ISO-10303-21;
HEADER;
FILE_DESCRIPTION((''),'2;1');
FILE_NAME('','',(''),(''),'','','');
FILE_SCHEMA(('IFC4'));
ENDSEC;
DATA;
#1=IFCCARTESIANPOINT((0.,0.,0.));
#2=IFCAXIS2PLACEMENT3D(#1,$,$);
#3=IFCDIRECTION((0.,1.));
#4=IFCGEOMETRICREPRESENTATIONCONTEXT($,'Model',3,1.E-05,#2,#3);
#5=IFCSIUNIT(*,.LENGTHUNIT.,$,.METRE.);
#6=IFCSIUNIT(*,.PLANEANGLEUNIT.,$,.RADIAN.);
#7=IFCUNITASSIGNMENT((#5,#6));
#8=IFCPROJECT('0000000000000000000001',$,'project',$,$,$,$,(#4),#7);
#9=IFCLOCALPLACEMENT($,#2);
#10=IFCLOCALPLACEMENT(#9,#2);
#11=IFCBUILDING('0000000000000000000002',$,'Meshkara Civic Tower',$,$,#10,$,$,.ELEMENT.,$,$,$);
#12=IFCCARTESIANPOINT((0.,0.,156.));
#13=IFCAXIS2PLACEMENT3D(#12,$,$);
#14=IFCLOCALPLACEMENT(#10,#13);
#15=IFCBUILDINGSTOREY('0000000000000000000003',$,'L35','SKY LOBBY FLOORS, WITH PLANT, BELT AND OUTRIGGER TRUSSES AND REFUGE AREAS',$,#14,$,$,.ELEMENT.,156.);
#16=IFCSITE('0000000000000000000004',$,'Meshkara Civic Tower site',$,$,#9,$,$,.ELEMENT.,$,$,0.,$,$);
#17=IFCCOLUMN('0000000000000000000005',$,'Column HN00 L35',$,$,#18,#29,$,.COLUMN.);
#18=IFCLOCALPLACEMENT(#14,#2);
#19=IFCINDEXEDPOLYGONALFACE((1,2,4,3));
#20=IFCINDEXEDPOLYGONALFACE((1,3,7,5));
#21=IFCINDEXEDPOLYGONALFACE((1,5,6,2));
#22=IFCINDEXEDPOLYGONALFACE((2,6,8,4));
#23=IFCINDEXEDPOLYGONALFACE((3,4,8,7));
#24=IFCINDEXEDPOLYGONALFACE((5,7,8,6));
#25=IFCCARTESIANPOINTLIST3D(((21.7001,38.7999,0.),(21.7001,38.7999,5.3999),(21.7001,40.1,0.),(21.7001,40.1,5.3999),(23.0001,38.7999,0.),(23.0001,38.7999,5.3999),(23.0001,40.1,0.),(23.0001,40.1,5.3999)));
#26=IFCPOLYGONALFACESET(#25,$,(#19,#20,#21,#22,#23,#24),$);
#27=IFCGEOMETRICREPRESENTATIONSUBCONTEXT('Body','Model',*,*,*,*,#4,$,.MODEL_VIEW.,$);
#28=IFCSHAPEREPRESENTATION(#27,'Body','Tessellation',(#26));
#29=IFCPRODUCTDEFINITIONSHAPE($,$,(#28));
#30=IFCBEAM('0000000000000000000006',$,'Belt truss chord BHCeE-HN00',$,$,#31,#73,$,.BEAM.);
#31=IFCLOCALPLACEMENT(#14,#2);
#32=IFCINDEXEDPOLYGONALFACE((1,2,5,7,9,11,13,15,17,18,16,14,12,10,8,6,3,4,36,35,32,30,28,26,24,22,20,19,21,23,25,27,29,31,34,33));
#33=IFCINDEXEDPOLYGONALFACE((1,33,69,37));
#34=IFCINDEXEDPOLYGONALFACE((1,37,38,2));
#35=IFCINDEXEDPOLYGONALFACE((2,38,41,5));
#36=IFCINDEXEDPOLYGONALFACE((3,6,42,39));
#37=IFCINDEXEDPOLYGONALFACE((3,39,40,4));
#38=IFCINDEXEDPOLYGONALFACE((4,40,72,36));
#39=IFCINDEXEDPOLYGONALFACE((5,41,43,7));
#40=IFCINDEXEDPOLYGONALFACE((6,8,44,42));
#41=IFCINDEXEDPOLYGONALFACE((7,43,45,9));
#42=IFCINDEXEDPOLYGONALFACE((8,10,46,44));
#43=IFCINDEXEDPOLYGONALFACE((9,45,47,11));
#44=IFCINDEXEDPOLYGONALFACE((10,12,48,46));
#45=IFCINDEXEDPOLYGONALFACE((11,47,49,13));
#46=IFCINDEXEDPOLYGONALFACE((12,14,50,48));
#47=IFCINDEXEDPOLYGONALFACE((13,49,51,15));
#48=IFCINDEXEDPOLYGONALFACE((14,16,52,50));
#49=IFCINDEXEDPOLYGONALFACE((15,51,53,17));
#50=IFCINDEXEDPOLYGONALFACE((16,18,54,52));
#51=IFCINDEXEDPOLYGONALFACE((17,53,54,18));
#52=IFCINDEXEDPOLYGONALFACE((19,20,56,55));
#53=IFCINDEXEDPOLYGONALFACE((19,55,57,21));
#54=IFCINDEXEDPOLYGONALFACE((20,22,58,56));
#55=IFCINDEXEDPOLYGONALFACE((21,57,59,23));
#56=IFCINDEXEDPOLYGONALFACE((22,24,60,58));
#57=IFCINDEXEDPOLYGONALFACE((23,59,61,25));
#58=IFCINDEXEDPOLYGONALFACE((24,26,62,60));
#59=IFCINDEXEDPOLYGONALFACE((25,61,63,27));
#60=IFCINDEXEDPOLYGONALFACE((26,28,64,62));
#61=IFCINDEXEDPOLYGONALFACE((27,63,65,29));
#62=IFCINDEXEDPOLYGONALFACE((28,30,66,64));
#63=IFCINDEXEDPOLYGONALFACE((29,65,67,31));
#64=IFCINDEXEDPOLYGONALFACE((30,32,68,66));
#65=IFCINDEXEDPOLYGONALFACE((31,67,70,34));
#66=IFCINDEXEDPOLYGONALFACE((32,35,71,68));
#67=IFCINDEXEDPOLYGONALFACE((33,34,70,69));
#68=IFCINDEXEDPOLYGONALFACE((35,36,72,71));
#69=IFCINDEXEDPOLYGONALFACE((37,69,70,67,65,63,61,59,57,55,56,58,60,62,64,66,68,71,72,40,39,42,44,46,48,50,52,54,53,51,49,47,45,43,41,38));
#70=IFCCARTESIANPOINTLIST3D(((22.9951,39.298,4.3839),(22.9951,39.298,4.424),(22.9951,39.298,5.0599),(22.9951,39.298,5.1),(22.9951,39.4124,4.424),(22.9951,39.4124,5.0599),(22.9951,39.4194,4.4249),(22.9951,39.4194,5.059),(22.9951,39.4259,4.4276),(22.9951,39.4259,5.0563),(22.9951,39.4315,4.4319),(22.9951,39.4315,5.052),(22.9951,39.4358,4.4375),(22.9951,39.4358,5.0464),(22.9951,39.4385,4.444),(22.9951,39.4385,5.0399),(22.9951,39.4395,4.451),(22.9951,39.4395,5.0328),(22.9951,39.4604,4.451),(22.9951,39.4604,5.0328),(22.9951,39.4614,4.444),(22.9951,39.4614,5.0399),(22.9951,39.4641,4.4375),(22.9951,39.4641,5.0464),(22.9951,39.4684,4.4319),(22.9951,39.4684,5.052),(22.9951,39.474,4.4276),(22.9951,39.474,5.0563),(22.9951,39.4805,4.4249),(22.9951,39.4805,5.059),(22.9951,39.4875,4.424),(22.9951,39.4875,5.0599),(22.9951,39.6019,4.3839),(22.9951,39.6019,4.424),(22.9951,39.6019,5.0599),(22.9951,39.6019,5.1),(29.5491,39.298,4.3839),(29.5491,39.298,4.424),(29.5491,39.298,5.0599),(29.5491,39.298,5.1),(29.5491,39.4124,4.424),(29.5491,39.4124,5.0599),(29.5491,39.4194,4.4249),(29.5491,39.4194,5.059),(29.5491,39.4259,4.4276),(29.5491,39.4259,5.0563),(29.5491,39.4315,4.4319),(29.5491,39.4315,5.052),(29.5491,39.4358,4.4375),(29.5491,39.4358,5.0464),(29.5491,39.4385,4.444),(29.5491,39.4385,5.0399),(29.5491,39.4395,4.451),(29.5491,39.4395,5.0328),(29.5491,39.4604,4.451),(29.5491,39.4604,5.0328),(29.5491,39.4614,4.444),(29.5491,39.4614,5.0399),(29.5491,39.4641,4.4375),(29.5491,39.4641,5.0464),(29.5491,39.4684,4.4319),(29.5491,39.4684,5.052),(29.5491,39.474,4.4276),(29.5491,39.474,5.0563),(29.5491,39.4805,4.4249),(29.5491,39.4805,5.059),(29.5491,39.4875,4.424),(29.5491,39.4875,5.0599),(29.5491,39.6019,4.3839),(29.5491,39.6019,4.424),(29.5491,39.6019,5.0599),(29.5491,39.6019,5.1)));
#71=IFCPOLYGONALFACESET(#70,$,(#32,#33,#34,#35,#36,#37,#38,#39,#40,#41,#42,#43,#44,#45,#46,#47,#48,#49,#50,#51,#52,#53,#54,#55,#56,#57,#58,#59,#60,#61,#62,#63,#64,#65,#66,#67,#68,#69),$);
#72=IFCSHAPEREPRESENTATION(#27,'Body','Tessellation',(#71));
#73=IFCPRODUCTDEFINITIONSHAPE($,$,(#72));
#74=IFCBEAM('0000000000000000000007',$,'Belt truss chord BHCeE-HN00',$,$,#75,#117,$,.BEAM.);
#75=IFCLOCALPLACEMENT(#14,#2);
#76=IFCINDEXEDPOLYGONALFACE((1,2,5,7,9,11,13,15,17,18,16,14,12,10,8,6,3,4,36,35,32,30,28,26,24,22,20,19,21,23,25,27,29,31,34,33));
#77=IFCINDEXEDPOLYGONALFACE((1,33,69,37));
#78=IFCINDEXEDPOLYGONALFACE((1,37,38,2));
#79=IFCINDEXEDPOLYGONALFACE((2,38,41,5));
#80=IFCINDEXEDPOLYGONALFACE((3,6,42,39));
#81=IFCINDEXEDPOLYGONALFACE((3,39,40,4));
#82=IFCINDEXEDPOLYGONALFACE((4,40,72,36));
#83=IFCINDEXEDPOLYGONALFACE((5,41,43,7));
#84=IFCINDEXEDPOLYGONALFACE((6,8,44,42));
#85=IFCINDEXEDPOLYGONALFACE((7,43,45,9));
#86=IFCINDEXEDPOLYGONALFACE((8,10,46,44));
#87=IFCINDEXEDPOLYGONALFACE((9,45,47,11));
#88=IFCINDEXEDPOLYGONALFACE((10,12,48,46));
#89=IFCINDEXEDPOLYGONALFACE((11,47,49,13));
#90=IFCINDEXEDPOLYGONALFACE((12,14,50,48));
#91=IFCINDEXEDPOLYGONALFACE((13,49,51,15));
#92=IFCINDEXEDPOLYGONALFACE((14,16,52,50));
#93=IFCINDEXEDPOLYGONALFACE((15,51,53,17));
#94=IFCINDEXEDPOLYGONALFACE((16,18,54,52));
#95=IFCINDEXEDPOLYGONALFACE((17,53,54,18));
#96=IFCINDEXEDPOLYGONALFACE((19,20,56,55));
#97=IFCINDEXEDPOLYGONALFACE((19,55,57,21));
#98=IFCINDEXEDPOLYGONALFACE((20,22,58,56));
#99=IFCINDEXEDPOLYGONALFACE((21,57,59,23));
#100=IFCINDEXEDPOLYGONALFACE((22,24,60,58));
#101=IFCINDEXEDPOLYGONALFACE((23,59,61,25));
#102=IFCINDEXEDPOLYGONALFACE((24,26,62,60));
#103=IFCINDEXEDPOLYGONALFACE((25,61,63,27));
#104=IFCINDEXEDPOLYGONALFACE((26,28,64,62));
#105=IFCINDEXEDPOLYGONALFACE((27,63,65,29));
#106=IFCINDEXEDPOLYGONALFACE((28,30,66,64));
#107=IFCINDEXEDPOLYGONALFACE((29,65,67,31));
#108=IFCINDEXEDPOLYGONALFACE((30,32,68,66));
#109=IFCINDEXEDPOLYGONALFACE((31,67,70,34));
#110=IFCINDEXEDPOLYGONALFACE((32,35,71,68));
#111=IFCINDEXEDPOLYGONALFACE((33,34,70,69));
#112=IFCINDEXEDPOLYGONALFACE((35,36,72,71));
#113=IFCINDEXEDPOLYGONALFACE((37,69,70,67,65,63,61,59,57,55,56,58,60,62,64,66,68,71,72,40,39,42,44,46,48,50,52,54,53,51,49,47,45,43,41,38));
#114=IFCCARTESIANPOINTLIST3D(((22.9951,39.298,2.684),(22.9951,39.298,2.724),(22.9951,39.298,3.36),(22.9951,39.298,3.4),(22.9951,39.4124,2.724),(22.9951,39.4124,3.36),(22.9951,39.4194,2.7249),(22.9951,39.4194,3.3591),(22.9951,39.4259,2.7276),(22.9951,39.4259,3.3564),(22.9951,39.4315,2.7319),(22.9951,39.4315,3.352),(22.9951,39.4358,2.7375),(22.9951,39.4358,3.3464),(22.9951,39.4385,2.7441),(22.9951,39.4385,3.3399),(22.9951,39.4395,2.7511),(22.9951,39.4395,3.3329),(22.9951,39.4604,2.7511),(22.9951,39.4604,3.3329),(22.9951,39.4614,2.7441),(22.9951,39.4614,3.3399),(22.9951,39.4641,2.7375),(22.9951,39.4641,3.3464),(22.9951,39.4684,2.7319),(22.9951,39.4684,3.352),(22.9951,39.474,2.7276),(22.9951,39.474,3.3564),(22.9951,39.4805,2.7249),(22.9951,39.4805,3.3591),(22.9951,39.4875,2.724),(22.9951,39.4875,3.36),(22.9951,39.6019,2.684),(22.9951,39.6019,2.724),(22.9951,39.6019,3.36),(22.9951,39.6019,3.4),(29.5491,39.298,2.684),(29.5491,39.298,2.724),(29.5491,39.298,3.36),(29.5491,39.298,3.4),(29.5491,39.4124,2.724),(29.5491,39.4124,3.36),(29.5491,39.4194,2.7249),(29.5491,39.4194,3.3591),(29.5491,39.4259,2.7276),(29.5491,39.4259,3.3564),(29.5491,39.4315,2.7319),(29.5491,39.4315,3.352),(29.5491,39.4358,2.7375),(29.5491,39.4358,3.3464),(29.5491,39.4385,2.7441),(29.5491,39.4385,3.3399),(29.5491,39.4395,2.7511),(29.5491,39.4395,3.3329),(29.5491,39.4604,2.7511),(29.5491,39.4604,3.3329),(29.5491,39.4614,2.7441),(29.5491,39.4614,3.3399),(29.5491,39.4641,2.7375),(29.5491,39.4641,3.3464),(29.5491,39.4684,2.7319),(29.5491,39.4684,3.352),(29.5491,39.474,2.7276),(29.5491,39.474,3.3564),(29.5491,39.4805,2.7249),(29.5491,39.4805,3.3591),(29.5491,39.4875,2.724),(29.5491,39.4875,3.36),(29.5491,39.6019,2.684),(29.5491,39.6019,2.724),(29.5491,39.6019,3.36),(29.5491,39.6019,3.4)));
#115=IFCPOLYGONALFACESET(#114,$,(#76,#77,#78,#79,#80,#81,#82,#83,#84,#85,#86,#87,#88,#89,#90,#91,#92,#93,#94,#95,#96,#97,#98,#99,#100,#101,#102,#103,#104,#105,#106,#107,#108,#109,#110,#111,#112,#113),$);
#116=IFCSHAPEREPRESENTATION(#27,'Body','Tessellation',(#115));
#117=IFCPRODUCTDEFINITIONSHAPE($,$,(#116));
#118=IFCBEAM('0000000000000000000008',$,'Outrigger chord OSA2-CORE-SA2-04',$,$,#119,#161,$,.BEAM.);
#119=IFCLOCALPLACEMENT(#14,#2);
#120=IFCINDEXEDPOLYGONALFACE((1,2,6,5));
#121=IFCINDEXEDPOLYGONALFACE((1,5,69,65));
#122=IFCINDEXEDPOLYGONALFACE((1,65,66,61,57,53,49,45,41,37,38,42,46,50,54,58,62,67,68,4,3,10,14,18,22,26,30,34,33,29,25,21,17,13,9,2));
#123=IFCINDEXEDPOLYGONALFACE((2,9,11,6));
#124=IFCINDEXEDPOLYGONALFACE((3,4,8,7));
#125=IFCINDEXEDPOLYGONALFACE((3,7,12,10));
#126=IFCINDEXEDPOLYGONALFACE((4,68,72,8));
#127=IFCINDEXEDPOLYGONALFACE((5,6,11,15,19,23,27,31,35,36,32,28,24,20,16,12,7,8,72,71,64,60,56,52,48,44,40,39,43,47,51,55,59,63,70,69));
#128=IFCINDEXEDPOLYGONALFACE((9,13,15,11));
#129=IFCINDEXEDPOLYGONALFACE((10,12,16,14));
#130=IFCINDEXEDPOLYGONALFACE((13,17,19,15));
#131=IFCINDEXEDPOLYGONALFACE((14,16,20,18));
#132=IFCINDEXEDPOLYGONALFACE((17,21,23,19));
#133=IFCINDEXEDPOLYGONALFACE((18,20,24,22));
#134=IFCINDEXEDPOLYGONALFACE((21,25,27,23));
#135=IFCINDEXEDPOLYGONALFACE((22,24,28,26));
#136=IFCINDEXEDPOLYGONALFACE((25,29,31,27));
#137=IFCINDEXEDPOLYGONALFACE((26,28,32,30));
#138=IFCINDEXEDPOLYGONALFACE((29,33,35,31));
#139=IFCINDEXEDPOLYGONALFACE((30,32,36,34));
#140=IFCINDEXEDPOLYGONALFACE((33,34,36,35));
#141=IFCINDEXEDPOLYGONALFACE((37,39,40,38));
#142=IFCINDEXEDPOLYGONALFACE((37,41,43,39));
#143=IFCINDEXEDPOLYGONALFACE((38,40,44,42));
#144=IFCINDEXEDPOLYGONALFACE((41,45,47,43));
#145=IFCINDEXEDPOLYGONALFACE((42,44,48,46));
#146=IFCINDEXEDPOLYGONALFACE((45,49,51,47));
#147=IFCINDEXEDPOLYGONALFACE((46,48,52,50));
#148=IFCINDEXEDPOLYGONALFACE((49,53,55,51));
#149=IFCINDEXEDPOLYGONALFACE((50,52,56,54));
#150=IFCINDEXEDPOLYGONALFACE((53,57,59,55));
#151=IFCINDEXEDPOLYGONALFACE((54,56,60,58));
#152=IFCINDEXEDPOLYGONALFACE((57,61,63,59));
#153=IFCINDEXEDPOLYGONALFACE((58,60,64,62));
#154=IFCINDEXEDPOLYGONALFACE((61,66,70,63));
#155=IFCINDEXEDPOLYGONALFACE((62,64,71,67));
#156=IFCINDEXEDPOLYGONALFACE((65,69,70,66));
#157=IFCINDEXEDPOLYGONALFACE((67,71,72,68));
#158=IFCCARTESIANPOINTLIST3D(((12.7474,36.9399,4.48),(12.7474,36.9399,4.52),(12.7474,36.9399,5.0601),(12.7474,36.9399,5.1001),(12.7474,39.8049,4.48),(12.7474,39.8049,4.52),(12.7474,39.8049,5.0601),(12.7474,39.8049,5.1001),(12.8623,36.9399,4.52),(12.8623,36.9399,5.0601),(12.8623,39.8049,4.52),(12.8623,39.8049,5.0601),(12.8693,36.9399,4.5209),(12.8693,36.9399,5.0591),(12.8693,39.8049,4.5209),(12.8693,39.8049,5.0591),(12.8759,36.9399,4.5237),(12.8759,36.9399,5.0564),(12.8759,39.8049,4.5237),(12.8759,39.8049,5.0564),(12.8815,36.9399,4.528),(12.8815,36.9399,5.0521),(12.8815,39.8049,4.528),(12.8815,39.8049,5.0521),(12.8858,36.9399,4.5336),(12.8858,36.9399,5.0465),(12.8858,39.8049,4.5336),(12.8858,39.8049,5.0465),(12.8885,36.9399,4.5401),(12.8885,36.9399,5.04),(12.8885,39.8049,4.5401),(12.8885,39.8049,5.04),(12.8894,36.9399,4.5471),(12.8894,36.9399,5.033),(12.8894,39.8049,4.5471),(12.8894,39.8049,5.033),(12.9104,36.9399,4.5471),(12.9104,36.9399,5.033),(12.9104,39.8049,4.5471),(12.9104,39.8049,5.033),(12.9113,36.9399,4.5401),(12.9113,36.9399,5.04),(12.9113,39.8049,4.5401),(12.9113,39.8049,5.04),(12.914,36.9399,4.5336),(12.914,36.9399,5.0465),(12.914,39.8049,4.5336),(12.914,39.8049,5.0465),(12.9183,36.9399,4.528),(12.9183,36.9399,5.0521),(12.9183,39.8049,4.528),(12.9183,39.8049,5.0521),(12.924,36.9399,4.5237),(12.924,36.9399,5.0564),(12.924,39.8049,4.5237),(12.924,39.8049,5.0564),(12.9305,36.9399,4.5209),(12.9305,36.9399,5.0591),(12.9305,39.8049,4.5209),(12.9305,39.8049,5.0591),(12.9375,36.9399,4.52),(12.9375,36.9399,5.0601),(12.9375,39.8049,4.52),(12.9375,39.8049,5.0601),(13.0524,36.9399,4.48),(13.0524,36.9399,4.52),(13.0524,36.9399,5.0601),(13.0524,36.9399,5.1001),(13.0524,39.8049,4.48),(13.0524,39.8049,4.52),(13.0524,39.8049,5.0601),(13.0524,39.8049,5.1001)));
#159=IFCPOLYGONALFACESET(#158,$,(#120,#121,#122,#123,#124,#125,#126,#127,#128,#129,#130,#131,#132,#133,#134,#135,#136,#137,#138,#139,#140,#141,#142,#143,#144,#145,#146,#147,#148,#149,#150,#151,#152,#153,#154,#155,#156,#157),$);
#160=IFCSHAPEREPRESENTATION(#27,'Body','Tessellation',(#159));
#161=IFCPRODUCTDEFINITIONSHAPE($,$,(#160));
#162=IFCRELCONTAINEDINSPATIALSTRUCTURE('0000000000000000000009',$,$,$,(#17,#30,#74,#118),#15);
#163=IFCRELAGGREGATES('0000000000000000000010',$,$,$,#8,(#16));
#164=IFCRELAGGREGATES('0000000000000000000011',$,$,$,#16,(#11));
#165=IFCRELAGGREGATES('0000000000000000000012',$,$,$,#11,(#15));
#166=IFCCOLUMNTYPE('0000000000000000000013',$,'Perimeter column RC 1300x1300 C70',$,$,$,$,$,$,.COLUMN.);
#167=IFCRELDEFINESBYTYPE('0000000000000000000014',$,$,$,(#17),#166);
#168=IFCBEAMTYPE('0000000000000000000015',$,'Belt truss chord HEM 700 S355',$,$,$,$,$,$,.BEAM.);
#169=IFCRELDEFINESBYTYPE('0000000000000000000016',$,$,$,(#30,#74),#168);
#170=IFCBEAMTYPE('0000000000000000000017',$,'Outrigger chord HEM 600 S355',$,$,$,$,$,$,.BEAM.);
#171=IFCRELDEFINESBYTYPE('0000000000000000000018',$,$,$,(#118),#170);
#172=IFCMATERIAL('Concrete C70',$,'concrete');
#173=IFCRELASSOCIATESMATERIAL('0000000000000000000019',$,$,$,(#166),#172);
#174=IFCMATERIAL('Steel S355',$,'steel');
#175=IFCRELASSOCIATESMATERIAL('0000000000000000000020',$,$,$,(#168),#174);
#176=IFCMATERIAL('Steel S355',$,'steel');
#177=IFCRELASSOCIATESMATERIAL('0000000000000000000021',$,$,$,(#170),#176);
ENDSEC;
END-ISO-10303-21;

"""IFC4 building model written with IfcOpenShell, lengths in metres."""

from ifc_helpers import new_model, si_unit, direction, frame, origin, origin_2d, place, context, subcontext, project, spatial, rectangle, i_section, extrude, material, material_profile, profile_set, type_object, element, save


model = new_model("IFC4")

# Units and contexts
model_context = context("Model", 3, precision=1e-05, world=origin(), true_north=direction((0.0, 1.0)))
body_context = subcontext(model_context, "Body", "Model", "MODEL_VIEW")
ifc_project = project(units=[si_unit("LENGTHUNIT", "METRE"), si_unit("PLANEANGLEUNIT", "RADIAN")], contexts=[model_context])

# Site, building, storey
site_placement = place(None, origin())
site = spatial("IfcSite", under=ifc_project, at=site_placement, Name="Meshkara Civic Tower site", CompositionType="ELEMENT", RefElevation=0.0)
building_placement = place(site_placement, origin())
building = spatial("IfcBuilding", under=site, at=building_placement, Name="Meshkara Civic Tower", CompositionType="ELEMENT")
storey_placement = place(building_placement, frame((0.0, 0.0, 156.0)))
storey = spatial("IfcBuildingStorey", under=building, at=storey_placement, Name="L35", Description="SKY LOBBY FLOORS, WITH PLANT, BELT AND OUTRIGGER TRUSSES AND REFUGE AREAS", CompositionType="ELEMENT", Elevation=156.0)

# Column
ifc_material_1 = material(Name="Concrete C70", Category="concrete")
ifc_material_profile_1 = material_profile(ifc_material_1, rectangle(XDim=1.3, YDim=1.3, at=origin_2d()))
ifc_profile_set_1 = profile_set([ifc_material_profile_1], Name="Concrete C70")
column_type = type_object("IfcColumnType", Name="Perimeter column RC 1300x1300 C70", PredefinedType="COLUMN", material=ifc_profile_set_1)
column_placement = place(storey_placement, frame((22.3501, 39.45, 0.0), z_axis=(0.0, 0.0, 1.0), x_axis=(1.0, 0.0, 0.0)))
element("IfcColumn", 1, at=column_placement, inside=storey, type_object=column_type, Name="Column HN00 L35", PredefinedType="COLUMN", context=body_context, shape_type="SweptSolid", body=[
    extrude(rectangle(XDim=1.3, YDim=1.3, at=origin_2d()), origin(), (0.0, 0.0, 1.0), 5.3999),
])

# Beams
ifc_material_2 = material(Name="Steel S355", Category="steel")
ifc_material_profile_2 = material_profile(ifc_material_2, i_section(OverallWidth=0.304, OverallDepth=0.7161, WebThickness=0.021, FlangeThickness=0.04, FilletRadius=0.0271, at=origin_2d()))
ifc_profile_set_2 = profile_set([ifc_material_profile_2], Name="Steel S355")
beam_type_1 = type_object("IfcBeamType", Name="Belt truss chord HEM 700 S355", PredefinedType="BEAM", material=ifc_profile_set_2)
for number, where, z_axis, x_axis, name in (
    (2, (29.5491, 39.45, 4.7419), (-1.0, 0.0, 0.0), (0.0, -1.0, 0.0), "Belt truss chord BHCeE-HN00"),
    (3, (29.5491, 39.45, 3.042), (-1.0, 0.0, 0.0), (0.0, -1.0, 0.0), "Belt truss chord BHCeE-HN00"),
):
    element("IfcBeam", number, at=place(storey_placement, frame(where, z_axis=z_axis, x_axis=x_axis)), inside=storey, type_object=beam_type_1, Name=name, PredefinedType="BEAM", context=body_context, shape_type="SweptSolid", body=[
        extrude(i_section(OverallWidth=0.304, OverallDepth=0.7161, WebThickness=0.021, FlangeThickness=0.04, FilletRadius=0.0271, at=origin_2d()), origin(), (0.0, 0.0, 1.0), 6.554),
    ])
ifc_material_3 = material(Name="Steel S355", Category="steel")
ifc_material_profile_3 = material_profile(ifc_material_3, i_section(OverallWidth=0.3049, OverallDepth=0.6201, WebThickness=0.021, FlangeThickness=0.04, FilletRadius=0.0271, at=origin_2d()))
ifc_profile_set_3 = profile_set([ifc_material_profile_3], Name="Steel S355")
beam_type_2 = type_object("IfcBeamType", Name="Outrigger chord HEM 600 S355", PredefinedType="BEAM", material=ifc_profile_set_3)
for number, where, z_axis, x_axis, name in (
    (4, (12.8999, 36.9399, 4.79), (0.0, 1.0, 0.0), (-1.0, 0.0, 0.0), "Outrigger chord OSA2-CORE-SA2-04"),
):
    element("IfcBeam", number, at=place(storey_placement, frame(where, z_axis=z_axis, x_axis=x_axis)), inside=storey, type_object=beam_type_2, Name=name, PredefinedType="BEAM", context=body_context, shape_type="SweptSolid", body=[
        extrude(i_section(OverallWidth=0.3049, OverallDepth=0.6201, WebThickness=0.021, FlangeThickness=0.04, FilletRadius=0.0271, at=origin_2d()), origin(), (0.0, 0.0, 1.0), 2.865),
    ])

save(model, "model.ifc")
